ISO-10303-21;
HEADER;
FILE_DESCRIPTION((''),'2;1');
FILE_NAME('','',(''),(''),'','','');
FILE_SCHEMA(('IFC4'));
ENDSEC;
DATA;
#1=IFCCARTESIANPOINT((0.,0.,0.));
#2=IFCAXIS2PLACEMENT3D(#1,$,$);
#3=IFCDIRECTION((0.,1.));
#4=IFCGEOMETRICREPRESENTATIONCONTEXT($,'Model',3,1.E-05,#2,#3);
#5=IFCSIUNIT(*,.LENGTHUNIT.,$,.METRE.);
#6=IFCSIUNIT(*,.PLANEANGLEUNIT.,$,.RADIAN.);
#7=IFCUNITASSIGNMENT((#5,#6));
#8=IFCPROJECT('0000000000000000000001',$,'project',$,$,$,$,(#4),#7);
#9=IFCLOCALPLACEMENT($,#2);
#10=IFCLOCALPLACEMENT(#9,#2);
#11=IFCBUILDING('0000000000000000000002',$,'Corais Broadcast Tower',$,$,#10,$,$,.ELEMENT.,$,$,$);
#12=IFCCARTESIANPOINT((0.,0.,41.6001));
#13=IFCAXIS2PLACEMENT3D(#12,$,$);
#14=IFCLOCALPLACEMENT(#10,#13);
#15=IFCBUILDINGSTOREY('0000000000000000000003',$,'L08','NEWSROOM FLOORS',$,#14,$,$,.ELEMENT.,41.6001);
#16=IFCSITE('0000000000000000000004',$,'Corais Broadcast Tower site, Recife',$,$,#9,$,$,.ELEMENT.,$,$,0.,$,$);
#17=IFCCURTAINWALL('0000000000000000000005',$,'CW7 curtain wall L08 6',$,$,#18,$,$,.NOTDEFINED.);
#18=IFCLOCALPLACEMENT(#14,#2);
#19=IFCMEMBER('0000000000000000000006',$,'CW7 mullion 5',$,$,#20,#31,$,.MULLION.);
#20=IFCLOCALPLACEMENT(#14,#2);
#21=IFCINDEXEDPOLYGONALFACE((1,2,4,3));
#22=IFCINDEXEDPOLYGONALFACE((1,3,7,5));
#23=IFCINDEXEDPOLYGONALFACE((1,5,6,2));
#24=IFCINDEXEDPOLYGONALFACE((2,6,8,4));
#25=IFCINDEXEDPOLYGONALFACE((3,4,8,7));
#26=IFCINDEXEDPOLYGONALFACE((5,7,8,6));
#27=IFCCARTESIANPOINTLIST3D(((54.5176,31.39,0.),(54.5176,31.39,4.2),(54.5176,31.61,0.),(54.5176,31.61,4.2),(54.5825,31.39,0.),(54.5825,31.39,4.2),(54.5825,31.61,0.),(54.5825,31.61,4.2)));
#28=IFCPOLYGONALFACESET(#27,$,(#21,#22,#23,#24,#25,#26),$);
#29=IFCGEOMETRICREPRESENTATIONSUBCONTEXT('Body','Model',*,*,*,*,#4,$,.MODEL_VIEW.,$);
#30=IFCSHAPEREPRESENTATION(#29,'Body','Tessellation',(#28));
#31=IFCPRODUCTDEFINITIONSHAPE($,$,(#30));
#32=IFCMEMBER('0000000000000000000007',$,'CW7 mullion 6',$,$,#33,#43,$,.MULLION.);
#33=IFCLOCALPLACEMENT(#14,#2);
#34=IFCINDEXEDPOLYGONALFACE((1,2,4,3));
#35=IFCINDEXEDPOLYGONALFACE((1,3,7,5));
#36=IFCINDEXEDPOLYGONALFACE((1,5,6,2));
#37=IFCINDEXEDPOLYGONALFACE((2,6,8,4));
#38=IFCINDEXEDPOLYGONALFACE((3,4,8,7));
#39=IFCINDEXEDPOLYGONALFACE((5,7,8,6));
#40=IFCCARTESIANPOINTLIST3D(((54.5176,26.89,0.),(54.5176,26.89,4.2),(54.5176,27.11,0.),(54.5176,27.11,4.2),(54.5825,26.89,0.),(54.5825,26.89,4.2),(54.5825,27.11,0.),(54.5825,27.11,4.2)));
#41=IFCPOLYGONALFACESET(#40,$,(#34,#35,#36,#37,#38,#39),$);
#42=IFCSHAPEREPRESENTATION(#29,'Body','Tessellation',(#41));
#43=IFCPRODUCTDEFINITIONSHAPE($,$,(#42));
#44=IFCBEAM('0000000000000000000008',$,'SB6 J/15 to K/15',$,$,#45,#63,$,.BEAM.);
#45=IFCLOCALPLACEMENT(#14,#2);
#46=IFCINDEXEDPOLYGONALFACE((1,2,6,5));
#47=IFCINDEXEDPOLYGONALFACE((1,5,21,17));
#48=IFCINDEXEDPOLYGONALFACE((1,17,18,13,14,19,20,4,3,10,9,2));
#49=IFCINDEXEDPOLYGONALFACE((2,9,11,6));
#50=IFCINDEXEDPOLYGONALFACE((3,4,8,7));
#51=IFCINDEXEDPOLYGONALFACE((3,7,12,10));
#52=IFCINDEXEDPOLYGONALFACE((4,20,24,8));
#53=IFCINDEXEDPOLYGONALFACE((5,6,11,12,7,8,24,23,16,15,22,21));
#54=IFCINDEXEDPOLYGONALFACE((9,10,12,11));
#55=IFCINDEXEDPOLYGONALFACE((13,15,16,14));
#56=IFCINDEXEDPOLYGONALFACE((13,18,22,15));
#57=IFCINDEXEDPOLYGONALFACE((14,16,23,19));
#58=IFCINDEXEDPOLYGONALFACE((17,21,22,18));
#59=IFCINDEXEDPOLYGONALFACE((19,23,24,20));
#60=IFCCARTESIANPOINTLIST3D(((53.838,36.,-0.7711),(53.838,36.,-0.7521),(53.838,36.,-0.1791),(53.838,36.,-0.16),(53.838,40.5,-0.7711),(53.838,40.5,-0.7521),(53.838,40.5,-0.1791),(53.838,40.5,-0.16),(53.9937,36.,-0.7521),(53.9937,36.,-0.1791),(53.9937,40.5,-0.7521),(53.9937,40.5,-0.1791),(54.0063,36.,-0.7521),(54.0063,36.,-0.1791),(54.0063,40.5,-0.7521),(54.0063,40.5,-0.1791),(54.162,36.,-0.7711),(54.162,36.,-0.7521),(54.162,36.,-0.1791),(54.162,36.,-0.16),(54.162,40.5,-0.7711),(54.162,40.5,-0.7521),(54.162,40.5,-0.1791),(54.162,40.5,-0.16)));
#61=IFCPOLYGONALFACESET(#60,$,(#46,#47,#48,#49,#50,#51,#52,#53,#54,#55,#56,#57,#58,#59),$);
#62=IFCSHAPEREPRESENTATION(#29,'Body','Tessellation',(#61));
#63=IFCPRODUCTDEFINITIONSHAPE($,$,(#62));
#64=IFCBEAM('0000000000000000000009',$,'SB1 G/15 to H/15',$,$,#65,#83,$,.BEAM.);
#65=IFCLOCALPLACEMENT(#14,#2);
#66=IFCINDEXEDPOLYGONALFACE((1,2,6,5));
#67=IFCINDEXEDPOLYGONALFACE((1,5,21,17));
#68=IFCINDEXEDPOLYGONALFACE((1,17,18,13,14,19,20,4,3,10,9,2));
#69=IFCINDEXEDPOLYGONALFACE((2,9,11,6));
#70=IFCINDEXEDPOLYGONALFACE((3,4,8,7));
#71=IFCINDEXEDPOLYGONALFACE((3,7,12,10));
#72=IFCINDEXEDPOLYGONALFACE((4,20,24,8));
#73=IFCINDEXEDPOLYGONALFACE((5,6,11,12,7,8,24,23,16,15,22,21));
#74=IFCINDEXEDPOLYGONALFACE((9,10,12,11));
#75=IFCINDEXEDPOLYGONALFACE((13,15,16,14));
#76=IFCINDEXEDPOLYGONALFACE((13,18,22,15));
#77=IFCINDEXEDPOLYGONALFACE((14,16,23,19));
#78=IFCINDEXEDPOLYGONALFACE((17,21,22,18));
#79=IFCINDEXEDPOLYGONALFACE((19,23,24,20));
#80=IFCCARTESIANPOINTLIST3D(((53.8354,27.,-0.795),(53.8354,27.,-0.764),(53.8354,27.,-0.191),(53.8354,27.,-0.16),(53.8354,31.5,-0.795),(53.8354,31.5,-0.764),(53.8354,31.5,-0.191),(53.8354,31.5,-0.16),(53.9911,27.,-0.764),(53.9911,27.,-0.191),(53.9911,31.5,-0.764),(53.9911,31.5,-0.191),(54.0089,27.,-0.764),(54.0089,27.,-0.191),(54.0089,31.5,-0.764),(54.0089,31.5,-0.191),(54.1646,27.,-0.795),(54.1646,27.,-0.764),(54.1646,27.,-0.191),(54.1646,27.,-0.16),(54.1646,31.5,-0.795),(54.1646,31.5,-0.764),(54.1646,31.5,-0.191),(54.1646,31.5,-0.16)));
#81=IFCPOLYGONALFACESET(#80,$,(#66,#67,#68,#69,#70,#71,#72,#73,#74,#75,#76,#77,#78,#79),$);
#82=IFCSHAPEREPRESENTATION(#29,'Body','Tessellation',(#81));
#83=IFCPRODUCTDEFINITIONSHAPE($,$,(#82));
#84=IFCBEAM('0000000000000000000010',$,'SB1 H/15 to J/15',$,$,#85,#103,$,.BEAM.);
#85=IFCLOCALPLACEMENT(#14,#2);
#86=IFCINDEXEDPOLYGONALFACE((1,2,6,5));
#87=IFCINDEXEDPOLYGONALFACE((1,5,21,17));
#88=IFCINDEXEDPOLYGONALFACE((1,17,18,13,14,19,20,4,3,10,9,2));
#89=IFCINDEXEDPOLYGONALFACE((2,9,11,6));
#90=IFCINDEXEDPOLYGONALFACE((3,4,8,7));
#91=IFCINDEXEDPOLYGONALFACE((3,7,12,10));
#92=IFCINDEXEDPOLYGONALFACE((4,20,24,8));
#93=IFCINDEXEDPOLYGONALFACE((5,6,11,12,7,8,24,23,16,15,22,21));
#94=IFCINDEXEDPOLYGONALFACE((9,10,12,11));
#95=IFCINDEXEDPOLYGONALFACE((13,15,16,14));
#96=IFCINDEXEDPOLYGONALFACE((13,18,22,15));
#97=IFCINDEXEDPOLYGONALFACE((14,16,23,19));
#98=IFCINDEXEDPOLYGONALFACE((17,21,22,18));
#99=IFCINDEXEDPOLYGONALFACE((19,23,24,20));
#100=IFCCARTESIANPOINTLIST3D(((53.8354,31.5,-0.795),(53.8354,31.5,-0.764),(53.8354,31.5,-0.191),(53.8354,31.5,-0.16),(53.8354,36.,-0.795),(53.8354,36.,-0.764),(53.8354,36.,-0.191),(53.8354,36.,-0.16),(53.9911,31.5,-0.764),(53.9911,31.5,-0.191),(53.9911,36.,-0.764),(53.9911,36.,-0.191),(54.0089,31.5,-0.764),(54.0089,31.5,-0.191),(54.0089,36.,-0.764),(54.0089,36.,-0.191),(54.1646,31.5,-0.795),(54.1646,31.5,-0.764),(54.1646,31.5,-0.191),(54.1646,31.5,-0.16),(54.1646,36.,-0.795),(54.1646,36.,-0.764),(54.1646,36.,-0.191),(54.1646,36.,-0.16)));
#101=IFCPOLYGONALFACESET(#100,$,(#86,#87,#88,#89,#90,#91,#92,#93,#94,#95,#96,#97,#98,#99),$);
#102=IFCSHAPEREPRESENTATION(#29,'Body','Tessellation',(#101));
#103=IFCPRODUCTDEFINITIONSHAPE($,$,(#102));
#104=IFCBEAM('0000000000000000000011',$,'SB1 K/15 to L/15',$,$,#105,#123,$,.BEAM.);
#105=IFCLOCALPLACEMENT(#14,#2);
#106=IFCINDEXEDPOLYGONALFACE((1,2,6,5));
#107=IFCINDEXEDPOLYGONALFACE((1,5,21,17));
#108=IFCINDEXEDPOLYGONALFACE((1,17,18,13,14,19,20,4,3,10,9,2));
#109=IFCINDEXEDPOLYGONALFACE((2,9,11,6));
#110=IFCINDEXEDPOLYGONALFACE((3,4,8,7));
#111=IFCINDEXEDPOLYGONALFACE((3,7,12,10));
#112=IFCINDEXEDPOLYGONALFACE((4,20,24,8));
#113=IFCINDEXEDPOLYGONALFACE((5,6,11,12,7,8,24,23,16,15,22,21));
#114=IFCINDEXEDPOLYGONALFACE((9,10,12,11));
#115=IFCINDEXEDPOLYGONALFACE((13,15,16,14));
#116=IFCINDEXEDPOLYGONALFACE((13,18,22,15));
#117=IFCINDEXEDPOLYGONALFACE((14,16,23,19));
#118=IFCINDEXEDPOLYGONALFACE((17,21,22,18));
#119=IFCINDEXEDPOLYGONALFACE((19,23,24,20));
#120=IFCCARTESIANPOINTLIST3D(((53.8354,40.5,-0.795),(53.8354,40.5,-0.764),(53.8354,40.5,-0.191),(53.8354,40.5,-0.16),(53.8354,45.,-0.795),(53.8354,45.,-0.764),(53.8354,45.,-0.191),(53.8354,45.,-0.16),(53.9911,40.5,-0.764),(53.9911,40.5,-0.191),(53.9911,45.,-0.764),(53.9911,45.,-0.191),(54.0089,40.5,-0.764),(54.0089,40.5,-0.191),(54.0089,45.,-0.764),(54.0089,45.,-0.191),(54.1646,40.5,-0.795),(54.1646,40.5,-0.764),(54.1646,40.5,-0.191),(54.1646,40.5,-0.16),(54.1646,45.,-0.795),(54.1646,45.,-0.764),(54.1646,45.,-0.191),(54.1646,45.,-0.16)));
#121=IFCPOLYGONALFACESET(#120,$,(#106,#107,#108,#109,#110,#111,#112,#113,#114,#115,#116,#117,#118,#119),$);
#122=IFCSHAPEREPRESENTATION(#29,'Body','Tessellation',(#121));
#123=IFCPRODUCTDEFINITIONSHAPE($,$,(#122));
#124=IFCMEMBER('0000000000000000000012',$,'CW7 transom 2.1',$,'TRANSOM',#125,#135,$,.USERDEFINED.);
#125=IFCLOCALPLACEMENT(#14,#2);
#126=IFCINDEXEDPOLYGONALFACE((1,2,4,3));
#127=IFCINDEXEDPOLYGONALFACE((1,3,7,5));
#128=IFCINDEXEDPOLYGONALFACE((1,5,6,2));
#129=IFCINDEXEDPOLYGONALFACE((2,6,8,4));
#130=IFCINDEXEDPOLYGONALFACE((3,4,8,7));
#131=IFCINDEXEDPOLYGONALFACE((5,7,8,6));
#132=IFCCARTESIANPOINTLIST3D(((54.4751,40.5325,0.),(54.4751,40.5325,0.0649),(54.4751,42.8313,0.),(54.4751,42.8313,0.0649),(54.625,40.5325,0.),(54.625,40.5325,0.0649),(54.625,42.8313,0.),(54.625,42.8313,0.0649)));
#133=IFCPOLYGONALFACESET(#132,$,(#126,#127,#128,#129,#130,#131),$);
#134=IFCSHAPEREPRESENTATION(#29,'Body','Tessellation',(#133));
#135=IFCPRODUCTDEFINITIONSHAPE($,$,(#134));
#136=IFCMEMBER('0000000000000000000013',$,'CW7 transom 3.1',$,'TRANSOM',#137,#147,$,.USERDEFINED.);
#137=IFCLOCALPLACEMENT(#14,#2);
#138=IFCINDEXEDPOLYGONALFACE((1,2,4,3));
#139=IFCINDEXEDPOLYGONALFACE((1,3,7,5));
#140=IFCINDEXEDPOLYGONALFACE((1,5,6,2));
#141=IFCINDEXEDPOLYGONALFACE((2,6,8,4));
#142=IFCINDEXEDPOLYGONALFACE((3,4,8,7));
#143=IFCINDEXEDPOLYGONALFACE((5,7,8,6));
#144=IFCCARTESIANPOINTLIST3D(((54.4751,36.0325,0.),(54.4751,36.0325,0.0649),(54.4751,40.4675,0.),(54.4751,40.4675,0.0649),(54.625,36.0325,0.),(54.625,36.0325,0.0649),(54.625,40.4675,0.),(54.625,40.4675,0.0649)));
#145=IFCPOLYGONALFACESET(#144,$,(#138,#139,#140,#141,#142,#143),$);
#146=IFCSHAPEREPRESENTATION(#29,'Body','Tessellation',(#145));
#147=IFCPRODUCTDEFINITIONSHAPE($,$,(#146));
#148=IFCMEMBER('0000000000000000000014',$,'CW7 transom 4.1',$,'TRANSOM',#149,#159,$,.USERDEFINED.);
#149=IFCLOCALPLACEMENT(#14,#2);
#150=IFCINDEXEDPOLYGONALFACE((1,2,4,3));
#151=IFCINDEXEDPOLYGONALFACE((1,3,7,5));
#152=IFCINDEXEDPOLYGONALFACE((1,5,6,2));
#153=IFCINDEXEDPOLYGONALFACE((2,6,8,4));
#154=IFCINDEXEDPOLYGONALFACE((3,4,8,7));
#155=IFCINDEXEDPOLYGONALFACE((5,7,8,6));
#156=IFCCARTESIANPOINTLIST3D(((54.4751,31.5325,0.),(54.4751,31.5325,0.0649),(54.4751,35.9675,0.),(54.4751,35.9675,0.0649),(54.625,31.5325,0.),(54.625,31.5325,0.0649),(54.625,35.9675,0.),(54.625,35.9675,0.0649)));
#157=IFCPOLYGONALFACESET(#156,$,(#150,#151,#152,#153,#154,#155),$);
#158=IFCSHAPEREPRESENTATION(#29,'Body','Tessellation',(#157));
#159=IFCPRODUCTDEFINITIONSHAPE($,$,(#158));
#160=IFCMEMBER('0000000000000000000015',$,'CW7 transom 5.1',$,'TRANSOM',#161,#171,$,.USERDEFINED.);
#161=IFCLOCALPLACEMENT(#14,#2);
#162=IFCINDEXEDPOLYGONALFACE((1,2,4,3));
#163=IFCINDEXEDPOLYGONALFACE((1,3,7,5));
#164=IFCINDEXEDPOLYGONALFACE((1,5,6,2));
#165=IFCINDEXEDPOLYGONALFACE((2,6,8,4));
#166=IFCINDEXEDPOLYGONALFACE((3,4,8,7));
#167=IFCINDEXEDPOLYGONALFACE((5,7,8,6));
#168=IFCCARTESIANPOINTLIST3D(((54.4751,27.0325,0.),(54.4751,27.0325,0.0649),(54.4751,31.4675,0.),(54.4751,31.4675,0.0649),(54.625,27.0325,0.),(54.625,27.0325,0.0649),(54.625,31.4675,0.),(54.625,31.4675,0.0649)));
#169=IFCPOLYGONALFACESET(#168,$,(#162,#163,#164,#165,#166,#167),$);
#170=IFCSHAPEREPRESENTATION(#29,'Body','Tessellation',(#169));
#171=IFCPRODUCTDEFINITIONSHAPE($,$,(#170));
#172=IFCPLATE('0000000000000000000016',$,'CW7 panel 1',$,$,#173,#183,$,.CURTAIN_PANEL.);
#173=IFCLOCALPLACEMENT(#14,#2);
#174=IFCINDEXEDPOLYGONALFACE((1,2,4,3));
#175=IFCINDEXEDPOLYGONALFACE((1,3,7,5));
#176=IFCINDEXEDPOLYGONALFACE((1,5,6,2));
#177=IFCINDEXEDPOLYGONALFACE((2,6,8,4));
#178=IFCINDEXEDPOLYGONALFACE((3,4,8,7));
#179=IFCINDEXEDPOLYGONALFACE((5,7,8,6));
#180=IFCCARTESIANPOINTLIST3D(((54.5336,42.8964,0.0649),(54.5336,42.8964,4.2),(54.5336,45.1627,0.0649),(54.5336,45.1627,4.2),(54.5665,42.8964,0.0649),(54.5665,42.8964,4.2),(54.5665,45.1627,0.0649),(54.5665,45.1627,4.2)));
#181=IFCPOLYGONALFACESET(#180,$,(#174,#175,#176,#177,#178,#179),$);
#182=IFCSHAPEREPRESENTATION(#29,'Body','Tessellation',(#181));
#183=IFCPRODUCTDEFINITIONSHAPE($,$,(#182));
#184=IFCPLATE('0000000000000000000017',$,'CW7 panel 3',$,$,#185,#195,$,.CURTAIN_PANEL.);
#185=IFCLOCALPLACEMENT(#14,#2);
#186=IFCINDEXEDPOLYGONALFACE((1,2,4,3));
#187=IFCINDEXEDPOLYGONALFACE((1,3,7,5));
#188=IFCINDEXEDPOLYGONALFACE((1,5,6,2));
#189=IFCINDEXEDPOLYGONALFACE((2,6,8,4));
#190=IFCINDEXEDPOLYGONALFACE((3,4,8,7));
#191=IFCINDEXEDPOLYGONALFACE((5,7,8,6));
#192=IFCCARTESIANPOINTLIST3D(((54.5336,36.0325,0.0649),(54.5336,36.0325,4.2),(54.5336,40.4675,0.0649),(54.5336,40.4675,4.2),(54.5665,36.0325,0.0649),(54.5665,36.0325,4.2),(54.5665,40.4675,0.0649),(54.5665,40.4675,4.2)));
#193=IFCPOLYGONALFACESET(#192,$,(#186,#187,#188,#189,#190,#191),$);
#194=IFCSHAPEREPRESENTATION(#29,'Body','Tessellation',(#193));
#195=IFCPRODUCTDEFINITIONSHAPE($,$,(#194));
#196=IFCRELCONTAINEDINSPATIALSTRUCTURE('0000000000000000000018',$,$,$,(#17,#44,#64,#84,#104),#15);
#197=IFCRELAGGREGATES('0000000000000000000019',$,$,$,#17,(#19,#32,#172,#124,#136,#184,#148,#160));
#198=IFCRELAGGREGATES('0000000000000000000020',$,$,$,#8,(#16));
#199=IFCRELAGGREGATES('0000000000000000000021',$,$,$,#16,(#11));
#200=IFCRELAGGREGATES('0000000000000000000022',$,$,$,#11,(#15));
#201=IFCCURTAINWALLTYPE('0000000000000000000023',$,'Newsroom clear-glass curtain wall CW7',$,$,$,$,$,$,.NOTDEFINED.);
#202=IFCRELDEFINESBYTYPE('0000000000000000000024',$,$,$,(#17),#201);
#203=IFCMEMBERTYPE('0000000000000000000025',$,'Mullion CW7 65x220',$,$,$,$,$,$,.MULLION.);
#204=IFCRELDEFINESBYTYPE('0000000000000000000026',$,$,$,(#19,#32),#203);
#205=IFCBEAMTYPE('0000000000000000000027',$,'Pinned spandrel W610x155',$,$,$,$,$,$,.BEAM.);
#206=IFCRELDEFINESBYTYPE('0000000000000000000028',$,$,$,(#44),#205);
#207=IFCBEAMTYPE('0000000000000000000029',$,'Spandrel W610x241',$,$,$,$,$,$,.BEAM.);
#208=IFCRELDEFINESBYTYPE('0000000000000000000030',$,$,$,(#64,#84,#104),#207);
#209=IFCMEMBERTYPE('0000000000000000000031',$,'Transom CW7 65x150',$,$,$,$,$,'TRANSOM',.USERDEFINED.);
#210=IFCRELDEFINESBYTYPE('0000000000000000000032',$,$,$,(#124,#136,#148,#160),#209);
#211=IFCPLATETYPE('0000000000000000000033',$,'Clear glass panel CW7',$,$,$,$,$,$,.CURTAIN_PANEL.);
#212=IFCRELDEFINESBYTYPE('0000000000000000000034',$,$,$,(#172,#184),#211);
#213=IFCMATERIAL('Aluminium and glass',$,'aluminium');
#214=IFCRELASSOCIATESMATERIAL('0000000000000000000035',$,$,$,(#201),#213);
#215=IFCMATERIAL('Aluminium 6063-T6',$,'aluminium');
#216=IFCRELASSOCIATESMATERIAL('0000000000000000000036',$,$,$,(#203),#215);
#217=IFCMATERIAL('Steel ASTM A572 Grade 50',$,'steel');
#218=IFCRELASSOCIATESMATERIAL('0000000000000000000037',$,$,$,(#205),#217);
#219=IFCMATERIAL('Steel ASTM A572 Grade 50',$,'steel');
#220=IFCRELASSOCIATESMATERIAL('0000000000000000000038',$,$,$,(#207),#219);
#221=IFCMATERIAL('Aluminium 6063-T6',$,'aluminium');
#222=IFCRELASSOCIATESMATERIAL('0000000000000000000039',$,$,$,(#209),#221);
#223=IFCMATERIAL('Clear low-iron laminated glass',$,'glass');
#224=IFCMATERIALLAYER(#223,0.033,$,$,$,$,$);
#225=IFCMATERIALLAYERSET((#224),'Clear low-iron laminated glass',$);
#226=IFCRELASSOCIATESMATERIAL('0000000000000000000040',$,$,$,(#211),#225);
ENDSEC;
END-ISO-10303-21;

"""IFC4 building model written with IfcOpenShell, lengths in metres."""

from ifc_helpers import new_model, si_unit, direction, frame, origin, origin_2d, place, context, subcontext, project, spatial, rectangle, i_section, extrude, material, layer, layer_set, material_profile, profile_set, type_object, element, aggregate, save


model = new_model("IFC4")

# Units and contexts
model_context = context("Model", 3, precision=1e-05, world=origin(), true_north=direction((0.0, 1.0)))
body_context = subcontext(model_context, "Body", "Model", "MODEL_VIEW")
ifc_project = project(units=[si_unit("LENGTHUNIT", "METRE"), si_unit("PLANEANGLEUNIT", "RADIAN")], contexts=[model_context])

# Site, building, storey
site_placement = place(None, origin())
site = spatial("IfcSite", under=ifc_project, at=site_placement, Name="Corais Broadcast Tower site, Recife", CompositionType="ELEMENT", RefElevation=0.0)
building_placement = place(site_placement, origin())
building = spatial("IfcBuilding", under=site, at=building_placement, Name="Corais Broadcast Tower", CompositionType="ELEMENT")
storey_placement = place(building_placement, frame((0.0, 0.0, 41.6001)))
storey = spatial("IfcBuildingStorey", under=building, at=storey_placement, Name="L08", Description="NEWSROOM FLOORS", CompositionType="ELEMENT", Elevation=41.6001)

# Curtain wall, members
ifc_material_1 = material(Name="Aluminium and glass", Category="aluminium")
curtain_wall_type = type_object("IfcCurtainWallType", Name="Newsroom clear-glass curtain wall CW7", PredefinedType="NOTDEFINED", material=ifc_material_1)
curtain_wall_placement = place(storey_placement, origin())
curtain_wall = element("IfcCurtainWall", 1, at=curtain_wall_placement, inside=storey, type_object=curtain_wall_type, Name="CW7 curtain wall L08 6", PredefinedType="NOTDEFINED")
ifc_material_2 = material(Name="Aluminium 6063-T6", Category="aluminium")
ifc_material_profile_1 = material_profile(ifc_material_2, rectangle(XDim=0.0649, YDim=0.22, at=origin_2d()), Name="Mullion CW7 65x220")
ifc_profile_set_1 = profile_set([ifc_material_profile_1], Name="Aluminium 6063-T6")
member_type_1 = type_object("IfcMemberType", Name="Mullion CW7 65x220", PredefinedType="MULLION", material=ifc_profile_set_1)
member_1_placement = place(storey_placement, frame((54.55, 31.5, 0.0), z_axis=(0.0, 0.0, 1.0), x_axis=(1.0, 0.0, 0.0)))
member_1 = element("IfcMember", 2, at=member_1_placement, type_object=member_type_1, Name="CW7 mullion 5", PredefinedType="MULLION", context=body_context, shape_type="SweptSolid", body=[
    extrude(rectangle(XDim=0.0649, YDim=0.22, at=origin_2d()), origin(), (0.0, 0.0, 1.0), 4.2),
])
member_2_placement = place(storey_placement, frame((54.55, 27.0, 0.0), z_axis=(0.0, 0.0, 1.0), x_axis=(1.0, 0.0, 0.0)))
member_2 = element("IfcMember", 3, at=member_2_placement, type_object=member_type_1, Name="CW7 mullion 6", PredefinedType="MULLION", context=body_context, shape_type="SweptSolid", body=[
    extrude(rectangle(XDim=0.0649, YDim=0.22, at=origin_2d()), origin(), (0.0, 0.0, 1.0), 4.2),
])

# Beams
ifc_material_3 = material(Name="Steel ASTM A572 Grade 50", Category="steel")
ifc_material_profile_2 = material_profile(ifc_material_3, i_section(OverallWidth=0.324, OverallDepth=0.6111, WebThickness=0.0127, FlangeThickness=0.019, at=origin_2d()), Name="W610x155")
ifc_profile_set_2 = profile_set([ifc_material_profile_2], Name="Steel ASTM A572 Grade 50")
beam_type_1 = type_object("IfcBeamType", Name="Pinned spandrel W610x155", PredefinedType="BEAM", material=ifc_profile_set_2)
beam_placement = place(storey_placement, frame((54.0, 36.0, -0.4656), z_axis=(0.0, 1.0, 0.0), x_axis=(-1.0, 0.0, 0.0)))
element("IfcBeam", 4, at=beam_placement, inside=storey, type_object=beam_type_1, Name="SB6 J/15 to K/15", PredefinedType="BEAM", context=body_context, shape_type="SweptSolid", body=[
    extrude(i_section(OverallWidth=0.324, OverallDepth=0.6111, WebThickness=0.0127, FlangeThickness=0.019, at=origin_2d()), origin(), (0.0, 0.0, 1.0), 4.5),
])
ifc_material_4 = material(Name="Steel ASTM A572 Grade 50", Category="steel")
ifc_material_profile_3 = material_profile(ifc_material_4, i_section(OverallWidth=0.3291, OverallDepth=0.635, WebThickness=0.0178, FlangeThickness=0.031, at=origin_2d()), Name="W610x241")
ifc_profile_set_3 = profile_set([ifc_material_profile_3], Name="Steel ASTM A572 Grade 50")
beam_type_2 = type_object("IfcBeamType", Name="Spandrel W610x241", PredefinedType="BEAM", material=ifc_profile_set_3)
for number, where, z_axis, x_axis, name in (
    (5, (54.0, 27.0, -0.4775), (0.0, 1.0, 0.0), (-1.0, 0.0, 0.0), "SB1 G/15 to H/15"),
    (6, (54.0, 31.5, -0.4775), (0.0, 1.0, 0.0), (-1.0, 0.0, 0.0), "SB1 H/15 to J/15"),
    (7, (54.0, 40.5, -0.4775), (0.0, 1.0, 0.0), (-1.0, 0.0, 0.0), "SB1 K/15 to L/15"),
):
    element("IfcBeam", number, at=place(storey_placement, frame(where, z_axis=z_axis, x_axis=x_axis)), inside=storey, type_object=beam_type_2, Name=name, PredefinedType="BEAM", context=body_context, shape_type="SweptSolid", body=[
        extrude(i_section(OverallWidth=0.3291, OverallDepth=0.635, WebThickness=0.0178, FlangeThickness=0.031, at=origin_2d()), origin(), (0.0, 0.0, 1.0), 4.5),
    ])

# Members
ifc_material_5 = material(Name="Aluminium 6063-T6", Category="aluminium")
ifc_material_profile_4 = material_profile(ifc_material_5, rectangle(XDim=0.1499, YDim=0.0649, at=origin_2d()), Name="Transom CW7 65x150")
ifc_profile_set_4 = profile_set([ifc_material_profile_4], Name="Aluminium 6063-T6")
member_type_2 = type_object("IfcMemberType", Name="Transom CW7 65x150", ElementType="TRANSOM", PredefinedType="USERDEFINED", material=ifc_profile_set_4)
member_3_placement = place(storey_placement, frame((54.55, 42.8313, 0.0325), z_axis=(0.0, -1.0, 0.0), x_axis=(1.0, 0.0, 0.0)))
member_3 = element("IfcMember", 8, at=member_3_placement, type_object=member_type_2, Name="CW7 transom 2.1", ObjectType="TRANSOM", PredefinedType="USERDEFINED", context=body_context, shape_type="SweptSolid", body=[
    extrude(rectangle(XDim=0.1499, YDim=0.0649, at=origin_2d()), origin(), (0.0, 0.0, 1.0), 2.2988),
])
member_4_placement = place(storey_placement, frame((54.55, 40.4675, 0.0325), z_axis=(0.0, -1.0, 0.0), x_axis=(1.0, 0.0, 0.0)))
member_4 = element("IfcMember", 9, at=member_4_placement, type_object=member_type_2, Name="CW7 transom 3.1", ObjectType="TRANSOM", PredefinedType="USERDEFINED", context=body_context, shape_type="SweptSolid", body=[
    extrude(rectangle(XDim=0.1499, YDim=0.0649, at=origin_2d()), origin(), (0.0, 0.0, 1.0), 4.4351),
])
member_5_placement = place(storey_placement, frame((54.55, 35.9675, 0.0325), z_axis=(0.0, -1.0, 0.0), x_axis=(1.0, 0.0, 0.0)))
member_5 = element("IfcMember", 10, at=member_5_placement, type_object=member_type_2, Name="CW7 transom 4.1", ObjectType="TRANSOM", PredefinedType="USERDEFINED", context=body_context, shape_type="SweptSolid", body=[
    extrude(rectangle(XDim=0.1499, YDim=0.0649, at=origin_2d()), origin(), (0.0, 0.0, 1.0), 4.4351),
])
member_6_placement = place(storey_placement, frame((54.55, 31.4675, 0.0325), z_axis=(0.0, -1.0, 0.0), x_axis=(1.0, 0.0, 0.0)))
member_6 = element("IfcMember", 11, at=member_6_placement, type_object=member_type_2, Name="CW7 transom 5.1", ObjectType="TRANSOM", PredefinedType="USERDEFINED", context=body_context, shape_type="SweptSolid", body=[
    extrude(rectangle(XDim=0.1499, YDim=0.0649, at=origin_2d()), origin(), (0.0, 0.0, 1.0), 4.4351),
])

# Plates
ifc_material_6 = material(Name="Clear low-iron laminated glass", Category="glass")
ifc_layer_1 = layer(ifc_material_6, 0.033)
ifc_layer_set_1 = layer_set([ifc_layer_1], Name="Clear low-iron laminated glass")
plate_type_1 = type_object("IfcPlateType", Name="Clear glass panel CW7", PredefinedType="CURTAIN_PANEL", material=ifc_layer_set_1)
plate_1_placement = place(storey_placement, frame((54.55, 44.0295, 0.0649), z_axis=(0.0, 0.0, 1.0), x_axis=(0.0, -1.0, 0.0)))
plate_1 = element("IfcPlate", 12, at=plate_1_placement, type_object=plate_type_1, Name="CW7 panel 1", PredefinedType="CURTAIN_PANEL", context=body_context, shape_type="SweptSolid", body=[
    extrude(rectangle(XDim=2.2664, YDim=0.033, at=origin_2d()), origin(), (0.0, 0.0, 1.0), 4.135),
])
plate_2_placement = place(storey_placement, frame((54.55, 38.25, 0.0649), z_axis=(0.0, 0.0, 1.0), x_axis=(0.0, -1.0, 0.0)))
plate_2 = element("IfcPlate", 13, at=plate_2_placement, type_object=plate_type_1, Name="CW7 panel 3", PredefinedType="CURTAIN_PANEL", context=body_context, shape_type="SweptSolid", body=[
    extrude(rectangle(XDim=4.4351, YDim=0.033, at=origin_2d()), origin(), (0.0, 0.0, 1.0), 4.135),
])
aggregate(curtain_wall, [member_1, member_2, plate_1, member_3, member_4, plate_2, member_5, member_6])

save(model, "model.ifc")
